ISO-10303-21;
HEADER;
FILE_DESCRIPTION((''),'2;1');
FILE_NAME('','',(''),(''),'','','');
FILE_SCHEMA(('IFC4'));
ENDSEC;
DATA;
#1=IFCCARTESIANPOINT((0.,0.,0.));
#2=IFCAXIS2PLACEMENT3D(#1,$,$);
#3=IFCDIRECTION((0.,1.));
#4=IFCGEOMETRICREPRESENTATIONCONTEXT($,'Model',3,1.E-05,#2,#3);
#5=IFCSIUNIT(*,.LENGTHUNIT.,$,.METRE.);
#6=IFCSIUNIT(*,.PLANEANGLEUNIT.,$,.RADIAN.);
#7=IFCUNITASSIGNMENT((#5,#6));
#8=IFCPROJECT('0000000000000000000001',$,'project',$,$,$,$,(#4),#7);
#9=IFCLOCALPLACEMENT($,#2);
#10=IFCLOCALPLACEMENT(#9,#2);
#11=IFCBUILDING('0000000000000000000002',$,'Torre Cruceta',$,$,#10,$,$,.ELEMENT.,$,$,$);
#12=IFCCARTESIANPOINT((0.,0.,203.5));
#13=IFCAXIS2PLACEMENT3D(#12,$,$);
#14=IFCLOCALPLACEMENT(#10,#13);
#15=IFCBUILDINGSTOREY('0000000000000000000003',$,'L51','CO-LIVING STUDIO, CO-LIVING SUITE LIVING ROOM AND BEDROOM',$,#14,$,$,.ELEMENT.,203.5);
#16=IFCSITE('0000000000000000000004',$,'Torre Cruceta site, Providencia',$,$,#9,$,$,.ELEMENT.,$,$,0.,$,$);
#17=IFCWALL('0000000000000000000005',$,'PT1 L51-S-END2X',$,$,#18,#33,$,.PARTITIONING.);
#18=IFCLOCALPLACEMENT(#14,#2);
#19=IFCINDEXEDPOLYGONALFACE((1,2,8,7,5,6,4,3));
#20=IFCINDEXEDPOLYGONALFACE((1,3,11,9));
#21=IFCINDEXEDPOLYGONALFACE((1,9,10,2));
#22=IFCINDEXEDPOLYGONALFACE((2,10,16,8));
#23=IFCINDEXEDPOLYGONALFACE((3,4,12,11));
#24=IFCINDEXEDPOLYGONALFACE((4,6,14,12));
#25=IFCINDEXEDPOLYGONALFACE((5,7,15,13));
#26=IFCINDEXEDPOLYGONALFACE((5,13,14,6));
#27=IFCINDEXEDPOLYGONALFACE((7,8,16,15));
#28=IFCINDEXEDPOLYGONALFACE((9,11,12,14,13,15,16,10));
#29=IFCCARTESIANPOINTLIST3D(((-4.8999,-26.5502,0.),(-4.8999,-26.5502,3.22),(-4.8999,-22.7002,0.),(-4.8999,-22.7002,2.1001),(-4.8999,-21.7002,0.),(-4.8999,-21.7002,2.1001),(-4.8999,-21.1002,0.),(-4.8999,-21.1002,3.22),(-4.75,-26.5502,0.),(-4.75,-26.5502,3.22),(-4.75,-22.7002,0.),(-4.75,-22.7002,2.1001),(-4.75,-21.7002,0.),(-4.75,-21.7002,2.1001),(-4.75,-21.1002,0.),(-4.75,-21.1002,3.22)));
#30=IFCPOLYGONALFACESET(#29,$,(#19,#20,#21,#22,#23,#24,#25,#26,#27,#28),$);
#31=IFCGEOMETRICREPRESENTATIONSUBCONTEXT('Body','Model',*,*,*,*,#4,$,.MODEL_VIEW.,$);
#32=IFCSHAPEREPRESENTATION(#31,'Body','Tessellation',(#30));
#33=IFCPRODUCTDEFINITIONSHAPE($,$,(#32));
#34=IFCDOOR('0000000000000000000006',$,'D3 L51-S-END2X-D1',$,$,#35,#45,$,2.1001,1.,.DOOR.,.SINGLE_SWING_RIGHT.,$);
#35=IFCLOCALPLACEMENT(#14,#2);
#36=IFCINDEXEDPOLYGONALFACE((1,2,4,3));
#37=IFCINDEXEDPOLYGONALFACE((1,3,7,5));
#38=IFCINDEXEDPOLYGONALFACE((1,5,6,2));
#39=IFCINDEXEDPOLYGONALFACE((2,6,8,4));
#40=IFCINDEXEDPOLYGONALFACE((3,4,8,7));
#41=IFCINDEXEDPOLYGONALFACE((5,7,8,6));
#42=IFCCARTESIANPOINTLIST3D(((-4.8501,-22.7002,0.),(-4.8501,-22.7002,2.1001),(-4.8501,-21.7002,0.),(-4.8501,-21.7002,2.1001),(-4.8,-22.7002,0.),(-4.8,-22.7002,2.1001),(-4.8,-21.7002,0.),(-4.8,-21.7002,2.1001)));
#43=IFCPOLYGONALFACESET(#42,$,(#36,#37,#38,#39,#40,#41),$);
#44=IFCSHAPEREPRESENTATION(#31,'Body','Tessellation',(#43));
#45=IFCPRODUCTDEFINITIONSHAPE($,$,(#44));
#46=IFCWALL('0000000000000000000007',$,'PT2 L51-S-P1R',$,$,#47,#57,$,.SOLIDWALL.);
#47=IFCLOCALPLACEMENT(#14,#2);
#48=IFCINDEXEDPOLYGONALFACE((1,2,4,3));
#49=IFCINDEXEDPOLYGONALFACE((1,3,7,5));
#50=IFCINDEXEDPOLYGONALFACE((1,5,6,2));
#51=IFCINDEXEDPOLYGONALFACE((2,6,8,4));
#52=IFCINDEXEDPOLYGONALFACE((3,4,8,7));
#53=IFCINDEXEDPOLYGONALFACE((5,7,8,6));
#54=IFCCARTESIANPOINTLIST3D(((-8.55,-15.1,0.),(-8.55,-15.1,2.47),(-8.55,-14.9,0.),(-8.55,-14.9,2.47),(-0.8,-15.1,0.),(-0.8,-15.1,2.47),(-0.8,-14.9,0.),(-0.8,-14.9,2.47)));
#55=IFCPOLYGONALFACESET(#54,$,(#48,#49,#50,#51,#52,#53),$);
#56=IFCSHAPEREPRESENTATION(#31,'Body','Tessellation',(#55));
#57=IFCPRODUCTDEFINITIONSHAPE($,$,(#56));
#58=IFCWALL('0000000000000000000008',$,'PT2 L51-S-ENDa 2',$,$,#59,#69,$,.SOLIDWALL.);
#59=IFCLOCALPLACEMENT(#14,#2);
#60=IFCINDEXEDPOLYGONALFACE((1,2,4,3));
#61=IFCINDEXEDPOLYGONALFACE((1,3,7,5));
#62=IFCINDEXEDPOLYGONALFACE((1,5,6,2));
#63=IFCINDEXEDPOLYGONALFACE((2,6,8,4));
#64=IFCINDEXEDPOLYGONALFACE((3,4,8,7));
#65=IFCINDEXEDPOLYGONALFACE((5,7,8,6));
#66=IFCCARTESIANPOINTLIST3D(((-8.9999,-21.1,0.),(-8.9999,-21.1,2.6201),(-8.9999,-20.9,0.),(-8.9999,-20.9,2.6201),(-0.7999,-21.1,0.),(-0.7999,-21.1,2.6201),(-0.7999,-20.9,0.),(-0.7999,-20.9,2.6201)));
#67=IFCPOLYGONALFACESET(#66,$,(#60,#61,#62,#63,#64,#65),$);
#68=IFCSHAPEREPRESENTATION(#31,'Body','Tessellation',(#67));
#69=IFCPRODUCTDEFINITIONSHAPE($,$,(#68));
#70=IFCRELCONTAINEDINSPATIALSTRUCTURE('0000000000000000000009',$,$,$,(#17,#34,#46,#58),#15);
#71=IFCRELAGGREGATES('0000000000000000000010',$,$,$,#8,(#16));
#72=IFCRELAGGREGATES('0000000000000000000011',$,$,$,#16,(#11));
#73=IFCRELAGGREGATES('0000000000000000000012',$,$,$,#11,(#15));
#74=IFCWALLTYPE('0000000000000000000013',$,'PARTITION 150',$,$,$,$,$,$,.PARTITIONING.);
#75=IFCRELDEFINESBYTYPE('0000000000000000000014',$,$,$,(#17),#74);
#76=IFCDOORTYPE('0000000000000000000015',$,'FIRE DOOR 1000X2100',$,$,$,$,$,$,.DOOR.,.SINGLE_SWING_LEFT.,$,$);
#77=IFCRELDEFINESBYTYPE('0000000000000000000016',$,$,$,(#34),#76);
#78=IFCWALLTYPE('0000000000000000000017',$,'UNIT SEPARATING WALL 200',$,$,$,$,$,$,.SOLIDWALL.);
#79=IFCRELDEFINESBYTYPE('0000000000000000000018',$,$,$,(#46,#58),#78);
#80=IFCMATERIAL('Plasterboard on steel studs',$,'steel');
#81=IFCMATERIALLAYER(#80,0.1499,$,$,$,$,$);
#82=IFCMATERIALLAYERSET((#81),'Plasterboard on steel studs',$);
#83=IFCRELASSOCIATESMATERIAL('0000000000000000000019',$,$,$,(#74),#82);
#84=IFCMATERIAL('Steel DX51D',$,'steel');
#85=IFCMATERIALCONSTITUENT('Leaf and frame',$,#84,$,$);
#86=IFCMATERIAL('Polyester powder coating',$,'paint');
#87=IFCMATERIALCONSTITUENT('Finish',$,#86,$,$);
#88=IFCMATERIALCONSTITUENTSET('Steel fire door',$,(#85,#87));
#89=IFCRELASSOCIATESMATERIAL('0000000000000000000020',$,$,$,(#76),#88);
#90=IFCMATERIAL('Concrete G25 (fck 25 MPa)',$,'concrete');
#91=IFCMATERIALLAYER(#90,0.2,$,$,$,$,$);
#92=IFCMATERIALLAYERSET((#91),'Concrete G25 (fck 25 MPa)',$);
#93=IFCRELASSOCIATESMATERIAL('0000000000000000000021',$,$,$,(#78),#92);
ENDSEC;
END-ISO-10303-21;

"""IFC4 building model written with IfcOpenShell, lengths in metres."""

from ifc_helpers import new_model, si_unit, direction, frame, frame_2d, origin, place, context, subcontext, project, spatial, rectangle, extrude, material, layer, layer_set, constituent, constituent_set, type_object, element, fill, save


model = new_model("IFC4")

# Units and contexts
model_context = context("Model", 3, precision=1e-05, world=origin(), true_north=direction((0.0, 1.0)))
body_context = subcontext(model_context, "Body", "Model", "MODEL_VIEW")
ifc_project = project(units=[si_unit("LENGTHUNIT", "METRE"), si_unit("PLANEANGLEUNIT", "RADIAN")], contexts=[model_context])

# Site, building, storey
site_placement = place(None, origin())
site = spatial("IfcSite", under=ifc_project, at=site_placement, Name="Torre Cruceta site, Providencia", CompositionType="ELEMENT", RefElevation=0.0)
building_placement = place(site_placement, origin())
building = spatial("IfcBuilding", under=site, at=building_placement, Name="Torre Cruceta", CompositionType="ELEMENT")
storey_placement = place(building_placement, frame((0.0, 0.0, 203.5)))
storey = spatial("IfcBuildingStorey", under=building, at=storey_placement, Name="L51", Description="CO-LIVING STUDIO, CO-LIVING SUITE LIVING ROOM AND BEDROOM", CompositionType="ELEMENT", Elevation=203.5)

# Wall, opening, door
ifc_material_1 = material(Name="Plasterboard on steel studs", Category="steel")
ifc_layer_1 = layer(ifc_material_1, 0.1499)
ifc_layer_set_1 = layer_set([ifc_layer_1], Name="Plasterboard on steel studs")
wall_type_1 = type_object("IfcWallType", Name="PARTITION 150", PredefinedType="PARTITIONING", material=ifc_layer_set_1)
wall_1_placement = place(storey_placement, frame((-4.825, -21.1001, 0.0), z_axis=(0.0, 0.0, 1.0), x_axis=(0.0, -1.0, 0.0)))
wall_1 = element("IfcWall", 1, at=wall_1_placement, inside=storey, type_object=wall_type_1, Name="PT1 L51-S-END2X", PredefinedType="PARTITIONING", context=body_context, shape_type="SweptSolid", body=[
    extrude(rectangle(XDim=5.45, YDim=0.1499, at=frame_2d((2.7251, 0.0))), origin(), (0.0, 0.0, 1.0), 3.22),
])
opening_1_placement = place(wall_1_placement, frame((0.6001, 0.0, 0.0)))
opening_1 = element("IfcOpeningElement", 2, at=opening_1_placement, cuts=wall_1, PredefinedType="OPENING", context=body_context, shape_type="SweptSolid", body=[
    extrude(rectangle(XDim=1.0, YDim=2.1001, at=frame_2d((0.5, 1.05))), frame((0.0, 0.085, 0.0), z_axis=(0.0, -1.0, 0.0), x_axis=(1.0, 0.0, 0.0)), (0.0, 0.0, 1.0), 0.1699),
])
ifc_material_2 = material(Name="Steel DX51D", Category="steel")
ifc_constituent_1 = constituent(ifc_material_2, Name="Leaf and frame")
ifc_material_3 = material(Name="Polyester powder coating", Category="paint")
ifc_constituent_2 = constituent(ifc_material_3, Name="Finish")
ifc_constituent_set_1 = constituent_set(constituents=[ifc_constituent_1, ifc_constituent_2], Name="Steel fire door")
door_type_1 = type_object("IfcDoorType", Name="FIRE DOOR 1000X2100", OperationType="SINGLE_SWING_LEFT", PredefinedType="DOOR", material=ifc_constituent_set_1)
door_1_placement = place(opening_1_placement, frame((1.0, 0.0, 0.0), z_axis=(0.0, 0.0, 1.0), x_axis=(-1.0, 0.0, 0.0)))
door_1 = element("IfcDoor", 3, at=door_1_placement, inside=storey, type_object=door_type_1, Name="D3 L51-S-END2X-D1", OperationType="SINGLE_SWING_RIGHT", OverallHeight=2.1001, OverallWidth=1.0, PredefinedType="DOOR", context=body_context, shape_type="SweptSolid", body=[
    extrude(rectangle(XDim=1.0, YDim=2.1001, at=frame_2d((0.5, 1.05))), frame((0.0, 0.0251, 0.0), z_axis=(0.0, -1.0, 0.0), x_axis=(1.0, 0.0, 0.0)), (0.0, 0.0, 1.0), 0.05),
])
fill(opening_1, door_1)

# Walls
ifc_material_4 = material(Name="Concrete G25 (fck 25 MPa)", Category="concrete")
ifc_layer_2 = layer(ifc_material_4, 0.2)
ifc_layer_set_2 = layer_set([ifc_layer_2], Name="Concrete G25 (fck 25 MPa)")
wall_type_2 = type_object("IfcWallType", Name="UNIT SEPARATING WALL 200", PredefinedType="SOLIDWALL", material=ifc_layer_set_2)
wall_2_placement = place(storey_placement, frame((-8.55, -15.0, 0.0), z_axis=(0.0, 0.0, 1.0), x_axis=(1.0, 0.0, 0.0)))
element("IfcWall", 4, at=wall_2_placement, inside=storey, type_object=wall_type_2, Name="PT2 L51-S-P1R", PredefinedType="SOLIDWALL", context=body_context, shape_type="SweptSolid", body=[
    extrude(rectangle(XDim=7.75, YDim=0.2, at=frame_2d((3.875, 0.0))), origin(), (0.0, 0.0, 1.0), 2.47),
])
wall_3_placement = place(storey_placement, frame((-9.0, -21.0, 0.0), z_axis=(0.0, 0.0, 1.0), x_axis=(1.0, 0.0, 0.0)))
element("IfcWall", 5, at=wall_3_placement, inside=storey, type_object=wall_type_2, Name="PT2 L51-S-ENDa 2", PredefinedType="SOLIDWALL", context=body_context, shape_type="SweptSolid", body=[
    extrude(rectangle(XDim=8.2, YDim=0.2, at=frame_2d((4.1001, 0.0))), origin(), (0.0, 0.0, 1.0), 2.6201),
])

save(model, "model.ifc")
